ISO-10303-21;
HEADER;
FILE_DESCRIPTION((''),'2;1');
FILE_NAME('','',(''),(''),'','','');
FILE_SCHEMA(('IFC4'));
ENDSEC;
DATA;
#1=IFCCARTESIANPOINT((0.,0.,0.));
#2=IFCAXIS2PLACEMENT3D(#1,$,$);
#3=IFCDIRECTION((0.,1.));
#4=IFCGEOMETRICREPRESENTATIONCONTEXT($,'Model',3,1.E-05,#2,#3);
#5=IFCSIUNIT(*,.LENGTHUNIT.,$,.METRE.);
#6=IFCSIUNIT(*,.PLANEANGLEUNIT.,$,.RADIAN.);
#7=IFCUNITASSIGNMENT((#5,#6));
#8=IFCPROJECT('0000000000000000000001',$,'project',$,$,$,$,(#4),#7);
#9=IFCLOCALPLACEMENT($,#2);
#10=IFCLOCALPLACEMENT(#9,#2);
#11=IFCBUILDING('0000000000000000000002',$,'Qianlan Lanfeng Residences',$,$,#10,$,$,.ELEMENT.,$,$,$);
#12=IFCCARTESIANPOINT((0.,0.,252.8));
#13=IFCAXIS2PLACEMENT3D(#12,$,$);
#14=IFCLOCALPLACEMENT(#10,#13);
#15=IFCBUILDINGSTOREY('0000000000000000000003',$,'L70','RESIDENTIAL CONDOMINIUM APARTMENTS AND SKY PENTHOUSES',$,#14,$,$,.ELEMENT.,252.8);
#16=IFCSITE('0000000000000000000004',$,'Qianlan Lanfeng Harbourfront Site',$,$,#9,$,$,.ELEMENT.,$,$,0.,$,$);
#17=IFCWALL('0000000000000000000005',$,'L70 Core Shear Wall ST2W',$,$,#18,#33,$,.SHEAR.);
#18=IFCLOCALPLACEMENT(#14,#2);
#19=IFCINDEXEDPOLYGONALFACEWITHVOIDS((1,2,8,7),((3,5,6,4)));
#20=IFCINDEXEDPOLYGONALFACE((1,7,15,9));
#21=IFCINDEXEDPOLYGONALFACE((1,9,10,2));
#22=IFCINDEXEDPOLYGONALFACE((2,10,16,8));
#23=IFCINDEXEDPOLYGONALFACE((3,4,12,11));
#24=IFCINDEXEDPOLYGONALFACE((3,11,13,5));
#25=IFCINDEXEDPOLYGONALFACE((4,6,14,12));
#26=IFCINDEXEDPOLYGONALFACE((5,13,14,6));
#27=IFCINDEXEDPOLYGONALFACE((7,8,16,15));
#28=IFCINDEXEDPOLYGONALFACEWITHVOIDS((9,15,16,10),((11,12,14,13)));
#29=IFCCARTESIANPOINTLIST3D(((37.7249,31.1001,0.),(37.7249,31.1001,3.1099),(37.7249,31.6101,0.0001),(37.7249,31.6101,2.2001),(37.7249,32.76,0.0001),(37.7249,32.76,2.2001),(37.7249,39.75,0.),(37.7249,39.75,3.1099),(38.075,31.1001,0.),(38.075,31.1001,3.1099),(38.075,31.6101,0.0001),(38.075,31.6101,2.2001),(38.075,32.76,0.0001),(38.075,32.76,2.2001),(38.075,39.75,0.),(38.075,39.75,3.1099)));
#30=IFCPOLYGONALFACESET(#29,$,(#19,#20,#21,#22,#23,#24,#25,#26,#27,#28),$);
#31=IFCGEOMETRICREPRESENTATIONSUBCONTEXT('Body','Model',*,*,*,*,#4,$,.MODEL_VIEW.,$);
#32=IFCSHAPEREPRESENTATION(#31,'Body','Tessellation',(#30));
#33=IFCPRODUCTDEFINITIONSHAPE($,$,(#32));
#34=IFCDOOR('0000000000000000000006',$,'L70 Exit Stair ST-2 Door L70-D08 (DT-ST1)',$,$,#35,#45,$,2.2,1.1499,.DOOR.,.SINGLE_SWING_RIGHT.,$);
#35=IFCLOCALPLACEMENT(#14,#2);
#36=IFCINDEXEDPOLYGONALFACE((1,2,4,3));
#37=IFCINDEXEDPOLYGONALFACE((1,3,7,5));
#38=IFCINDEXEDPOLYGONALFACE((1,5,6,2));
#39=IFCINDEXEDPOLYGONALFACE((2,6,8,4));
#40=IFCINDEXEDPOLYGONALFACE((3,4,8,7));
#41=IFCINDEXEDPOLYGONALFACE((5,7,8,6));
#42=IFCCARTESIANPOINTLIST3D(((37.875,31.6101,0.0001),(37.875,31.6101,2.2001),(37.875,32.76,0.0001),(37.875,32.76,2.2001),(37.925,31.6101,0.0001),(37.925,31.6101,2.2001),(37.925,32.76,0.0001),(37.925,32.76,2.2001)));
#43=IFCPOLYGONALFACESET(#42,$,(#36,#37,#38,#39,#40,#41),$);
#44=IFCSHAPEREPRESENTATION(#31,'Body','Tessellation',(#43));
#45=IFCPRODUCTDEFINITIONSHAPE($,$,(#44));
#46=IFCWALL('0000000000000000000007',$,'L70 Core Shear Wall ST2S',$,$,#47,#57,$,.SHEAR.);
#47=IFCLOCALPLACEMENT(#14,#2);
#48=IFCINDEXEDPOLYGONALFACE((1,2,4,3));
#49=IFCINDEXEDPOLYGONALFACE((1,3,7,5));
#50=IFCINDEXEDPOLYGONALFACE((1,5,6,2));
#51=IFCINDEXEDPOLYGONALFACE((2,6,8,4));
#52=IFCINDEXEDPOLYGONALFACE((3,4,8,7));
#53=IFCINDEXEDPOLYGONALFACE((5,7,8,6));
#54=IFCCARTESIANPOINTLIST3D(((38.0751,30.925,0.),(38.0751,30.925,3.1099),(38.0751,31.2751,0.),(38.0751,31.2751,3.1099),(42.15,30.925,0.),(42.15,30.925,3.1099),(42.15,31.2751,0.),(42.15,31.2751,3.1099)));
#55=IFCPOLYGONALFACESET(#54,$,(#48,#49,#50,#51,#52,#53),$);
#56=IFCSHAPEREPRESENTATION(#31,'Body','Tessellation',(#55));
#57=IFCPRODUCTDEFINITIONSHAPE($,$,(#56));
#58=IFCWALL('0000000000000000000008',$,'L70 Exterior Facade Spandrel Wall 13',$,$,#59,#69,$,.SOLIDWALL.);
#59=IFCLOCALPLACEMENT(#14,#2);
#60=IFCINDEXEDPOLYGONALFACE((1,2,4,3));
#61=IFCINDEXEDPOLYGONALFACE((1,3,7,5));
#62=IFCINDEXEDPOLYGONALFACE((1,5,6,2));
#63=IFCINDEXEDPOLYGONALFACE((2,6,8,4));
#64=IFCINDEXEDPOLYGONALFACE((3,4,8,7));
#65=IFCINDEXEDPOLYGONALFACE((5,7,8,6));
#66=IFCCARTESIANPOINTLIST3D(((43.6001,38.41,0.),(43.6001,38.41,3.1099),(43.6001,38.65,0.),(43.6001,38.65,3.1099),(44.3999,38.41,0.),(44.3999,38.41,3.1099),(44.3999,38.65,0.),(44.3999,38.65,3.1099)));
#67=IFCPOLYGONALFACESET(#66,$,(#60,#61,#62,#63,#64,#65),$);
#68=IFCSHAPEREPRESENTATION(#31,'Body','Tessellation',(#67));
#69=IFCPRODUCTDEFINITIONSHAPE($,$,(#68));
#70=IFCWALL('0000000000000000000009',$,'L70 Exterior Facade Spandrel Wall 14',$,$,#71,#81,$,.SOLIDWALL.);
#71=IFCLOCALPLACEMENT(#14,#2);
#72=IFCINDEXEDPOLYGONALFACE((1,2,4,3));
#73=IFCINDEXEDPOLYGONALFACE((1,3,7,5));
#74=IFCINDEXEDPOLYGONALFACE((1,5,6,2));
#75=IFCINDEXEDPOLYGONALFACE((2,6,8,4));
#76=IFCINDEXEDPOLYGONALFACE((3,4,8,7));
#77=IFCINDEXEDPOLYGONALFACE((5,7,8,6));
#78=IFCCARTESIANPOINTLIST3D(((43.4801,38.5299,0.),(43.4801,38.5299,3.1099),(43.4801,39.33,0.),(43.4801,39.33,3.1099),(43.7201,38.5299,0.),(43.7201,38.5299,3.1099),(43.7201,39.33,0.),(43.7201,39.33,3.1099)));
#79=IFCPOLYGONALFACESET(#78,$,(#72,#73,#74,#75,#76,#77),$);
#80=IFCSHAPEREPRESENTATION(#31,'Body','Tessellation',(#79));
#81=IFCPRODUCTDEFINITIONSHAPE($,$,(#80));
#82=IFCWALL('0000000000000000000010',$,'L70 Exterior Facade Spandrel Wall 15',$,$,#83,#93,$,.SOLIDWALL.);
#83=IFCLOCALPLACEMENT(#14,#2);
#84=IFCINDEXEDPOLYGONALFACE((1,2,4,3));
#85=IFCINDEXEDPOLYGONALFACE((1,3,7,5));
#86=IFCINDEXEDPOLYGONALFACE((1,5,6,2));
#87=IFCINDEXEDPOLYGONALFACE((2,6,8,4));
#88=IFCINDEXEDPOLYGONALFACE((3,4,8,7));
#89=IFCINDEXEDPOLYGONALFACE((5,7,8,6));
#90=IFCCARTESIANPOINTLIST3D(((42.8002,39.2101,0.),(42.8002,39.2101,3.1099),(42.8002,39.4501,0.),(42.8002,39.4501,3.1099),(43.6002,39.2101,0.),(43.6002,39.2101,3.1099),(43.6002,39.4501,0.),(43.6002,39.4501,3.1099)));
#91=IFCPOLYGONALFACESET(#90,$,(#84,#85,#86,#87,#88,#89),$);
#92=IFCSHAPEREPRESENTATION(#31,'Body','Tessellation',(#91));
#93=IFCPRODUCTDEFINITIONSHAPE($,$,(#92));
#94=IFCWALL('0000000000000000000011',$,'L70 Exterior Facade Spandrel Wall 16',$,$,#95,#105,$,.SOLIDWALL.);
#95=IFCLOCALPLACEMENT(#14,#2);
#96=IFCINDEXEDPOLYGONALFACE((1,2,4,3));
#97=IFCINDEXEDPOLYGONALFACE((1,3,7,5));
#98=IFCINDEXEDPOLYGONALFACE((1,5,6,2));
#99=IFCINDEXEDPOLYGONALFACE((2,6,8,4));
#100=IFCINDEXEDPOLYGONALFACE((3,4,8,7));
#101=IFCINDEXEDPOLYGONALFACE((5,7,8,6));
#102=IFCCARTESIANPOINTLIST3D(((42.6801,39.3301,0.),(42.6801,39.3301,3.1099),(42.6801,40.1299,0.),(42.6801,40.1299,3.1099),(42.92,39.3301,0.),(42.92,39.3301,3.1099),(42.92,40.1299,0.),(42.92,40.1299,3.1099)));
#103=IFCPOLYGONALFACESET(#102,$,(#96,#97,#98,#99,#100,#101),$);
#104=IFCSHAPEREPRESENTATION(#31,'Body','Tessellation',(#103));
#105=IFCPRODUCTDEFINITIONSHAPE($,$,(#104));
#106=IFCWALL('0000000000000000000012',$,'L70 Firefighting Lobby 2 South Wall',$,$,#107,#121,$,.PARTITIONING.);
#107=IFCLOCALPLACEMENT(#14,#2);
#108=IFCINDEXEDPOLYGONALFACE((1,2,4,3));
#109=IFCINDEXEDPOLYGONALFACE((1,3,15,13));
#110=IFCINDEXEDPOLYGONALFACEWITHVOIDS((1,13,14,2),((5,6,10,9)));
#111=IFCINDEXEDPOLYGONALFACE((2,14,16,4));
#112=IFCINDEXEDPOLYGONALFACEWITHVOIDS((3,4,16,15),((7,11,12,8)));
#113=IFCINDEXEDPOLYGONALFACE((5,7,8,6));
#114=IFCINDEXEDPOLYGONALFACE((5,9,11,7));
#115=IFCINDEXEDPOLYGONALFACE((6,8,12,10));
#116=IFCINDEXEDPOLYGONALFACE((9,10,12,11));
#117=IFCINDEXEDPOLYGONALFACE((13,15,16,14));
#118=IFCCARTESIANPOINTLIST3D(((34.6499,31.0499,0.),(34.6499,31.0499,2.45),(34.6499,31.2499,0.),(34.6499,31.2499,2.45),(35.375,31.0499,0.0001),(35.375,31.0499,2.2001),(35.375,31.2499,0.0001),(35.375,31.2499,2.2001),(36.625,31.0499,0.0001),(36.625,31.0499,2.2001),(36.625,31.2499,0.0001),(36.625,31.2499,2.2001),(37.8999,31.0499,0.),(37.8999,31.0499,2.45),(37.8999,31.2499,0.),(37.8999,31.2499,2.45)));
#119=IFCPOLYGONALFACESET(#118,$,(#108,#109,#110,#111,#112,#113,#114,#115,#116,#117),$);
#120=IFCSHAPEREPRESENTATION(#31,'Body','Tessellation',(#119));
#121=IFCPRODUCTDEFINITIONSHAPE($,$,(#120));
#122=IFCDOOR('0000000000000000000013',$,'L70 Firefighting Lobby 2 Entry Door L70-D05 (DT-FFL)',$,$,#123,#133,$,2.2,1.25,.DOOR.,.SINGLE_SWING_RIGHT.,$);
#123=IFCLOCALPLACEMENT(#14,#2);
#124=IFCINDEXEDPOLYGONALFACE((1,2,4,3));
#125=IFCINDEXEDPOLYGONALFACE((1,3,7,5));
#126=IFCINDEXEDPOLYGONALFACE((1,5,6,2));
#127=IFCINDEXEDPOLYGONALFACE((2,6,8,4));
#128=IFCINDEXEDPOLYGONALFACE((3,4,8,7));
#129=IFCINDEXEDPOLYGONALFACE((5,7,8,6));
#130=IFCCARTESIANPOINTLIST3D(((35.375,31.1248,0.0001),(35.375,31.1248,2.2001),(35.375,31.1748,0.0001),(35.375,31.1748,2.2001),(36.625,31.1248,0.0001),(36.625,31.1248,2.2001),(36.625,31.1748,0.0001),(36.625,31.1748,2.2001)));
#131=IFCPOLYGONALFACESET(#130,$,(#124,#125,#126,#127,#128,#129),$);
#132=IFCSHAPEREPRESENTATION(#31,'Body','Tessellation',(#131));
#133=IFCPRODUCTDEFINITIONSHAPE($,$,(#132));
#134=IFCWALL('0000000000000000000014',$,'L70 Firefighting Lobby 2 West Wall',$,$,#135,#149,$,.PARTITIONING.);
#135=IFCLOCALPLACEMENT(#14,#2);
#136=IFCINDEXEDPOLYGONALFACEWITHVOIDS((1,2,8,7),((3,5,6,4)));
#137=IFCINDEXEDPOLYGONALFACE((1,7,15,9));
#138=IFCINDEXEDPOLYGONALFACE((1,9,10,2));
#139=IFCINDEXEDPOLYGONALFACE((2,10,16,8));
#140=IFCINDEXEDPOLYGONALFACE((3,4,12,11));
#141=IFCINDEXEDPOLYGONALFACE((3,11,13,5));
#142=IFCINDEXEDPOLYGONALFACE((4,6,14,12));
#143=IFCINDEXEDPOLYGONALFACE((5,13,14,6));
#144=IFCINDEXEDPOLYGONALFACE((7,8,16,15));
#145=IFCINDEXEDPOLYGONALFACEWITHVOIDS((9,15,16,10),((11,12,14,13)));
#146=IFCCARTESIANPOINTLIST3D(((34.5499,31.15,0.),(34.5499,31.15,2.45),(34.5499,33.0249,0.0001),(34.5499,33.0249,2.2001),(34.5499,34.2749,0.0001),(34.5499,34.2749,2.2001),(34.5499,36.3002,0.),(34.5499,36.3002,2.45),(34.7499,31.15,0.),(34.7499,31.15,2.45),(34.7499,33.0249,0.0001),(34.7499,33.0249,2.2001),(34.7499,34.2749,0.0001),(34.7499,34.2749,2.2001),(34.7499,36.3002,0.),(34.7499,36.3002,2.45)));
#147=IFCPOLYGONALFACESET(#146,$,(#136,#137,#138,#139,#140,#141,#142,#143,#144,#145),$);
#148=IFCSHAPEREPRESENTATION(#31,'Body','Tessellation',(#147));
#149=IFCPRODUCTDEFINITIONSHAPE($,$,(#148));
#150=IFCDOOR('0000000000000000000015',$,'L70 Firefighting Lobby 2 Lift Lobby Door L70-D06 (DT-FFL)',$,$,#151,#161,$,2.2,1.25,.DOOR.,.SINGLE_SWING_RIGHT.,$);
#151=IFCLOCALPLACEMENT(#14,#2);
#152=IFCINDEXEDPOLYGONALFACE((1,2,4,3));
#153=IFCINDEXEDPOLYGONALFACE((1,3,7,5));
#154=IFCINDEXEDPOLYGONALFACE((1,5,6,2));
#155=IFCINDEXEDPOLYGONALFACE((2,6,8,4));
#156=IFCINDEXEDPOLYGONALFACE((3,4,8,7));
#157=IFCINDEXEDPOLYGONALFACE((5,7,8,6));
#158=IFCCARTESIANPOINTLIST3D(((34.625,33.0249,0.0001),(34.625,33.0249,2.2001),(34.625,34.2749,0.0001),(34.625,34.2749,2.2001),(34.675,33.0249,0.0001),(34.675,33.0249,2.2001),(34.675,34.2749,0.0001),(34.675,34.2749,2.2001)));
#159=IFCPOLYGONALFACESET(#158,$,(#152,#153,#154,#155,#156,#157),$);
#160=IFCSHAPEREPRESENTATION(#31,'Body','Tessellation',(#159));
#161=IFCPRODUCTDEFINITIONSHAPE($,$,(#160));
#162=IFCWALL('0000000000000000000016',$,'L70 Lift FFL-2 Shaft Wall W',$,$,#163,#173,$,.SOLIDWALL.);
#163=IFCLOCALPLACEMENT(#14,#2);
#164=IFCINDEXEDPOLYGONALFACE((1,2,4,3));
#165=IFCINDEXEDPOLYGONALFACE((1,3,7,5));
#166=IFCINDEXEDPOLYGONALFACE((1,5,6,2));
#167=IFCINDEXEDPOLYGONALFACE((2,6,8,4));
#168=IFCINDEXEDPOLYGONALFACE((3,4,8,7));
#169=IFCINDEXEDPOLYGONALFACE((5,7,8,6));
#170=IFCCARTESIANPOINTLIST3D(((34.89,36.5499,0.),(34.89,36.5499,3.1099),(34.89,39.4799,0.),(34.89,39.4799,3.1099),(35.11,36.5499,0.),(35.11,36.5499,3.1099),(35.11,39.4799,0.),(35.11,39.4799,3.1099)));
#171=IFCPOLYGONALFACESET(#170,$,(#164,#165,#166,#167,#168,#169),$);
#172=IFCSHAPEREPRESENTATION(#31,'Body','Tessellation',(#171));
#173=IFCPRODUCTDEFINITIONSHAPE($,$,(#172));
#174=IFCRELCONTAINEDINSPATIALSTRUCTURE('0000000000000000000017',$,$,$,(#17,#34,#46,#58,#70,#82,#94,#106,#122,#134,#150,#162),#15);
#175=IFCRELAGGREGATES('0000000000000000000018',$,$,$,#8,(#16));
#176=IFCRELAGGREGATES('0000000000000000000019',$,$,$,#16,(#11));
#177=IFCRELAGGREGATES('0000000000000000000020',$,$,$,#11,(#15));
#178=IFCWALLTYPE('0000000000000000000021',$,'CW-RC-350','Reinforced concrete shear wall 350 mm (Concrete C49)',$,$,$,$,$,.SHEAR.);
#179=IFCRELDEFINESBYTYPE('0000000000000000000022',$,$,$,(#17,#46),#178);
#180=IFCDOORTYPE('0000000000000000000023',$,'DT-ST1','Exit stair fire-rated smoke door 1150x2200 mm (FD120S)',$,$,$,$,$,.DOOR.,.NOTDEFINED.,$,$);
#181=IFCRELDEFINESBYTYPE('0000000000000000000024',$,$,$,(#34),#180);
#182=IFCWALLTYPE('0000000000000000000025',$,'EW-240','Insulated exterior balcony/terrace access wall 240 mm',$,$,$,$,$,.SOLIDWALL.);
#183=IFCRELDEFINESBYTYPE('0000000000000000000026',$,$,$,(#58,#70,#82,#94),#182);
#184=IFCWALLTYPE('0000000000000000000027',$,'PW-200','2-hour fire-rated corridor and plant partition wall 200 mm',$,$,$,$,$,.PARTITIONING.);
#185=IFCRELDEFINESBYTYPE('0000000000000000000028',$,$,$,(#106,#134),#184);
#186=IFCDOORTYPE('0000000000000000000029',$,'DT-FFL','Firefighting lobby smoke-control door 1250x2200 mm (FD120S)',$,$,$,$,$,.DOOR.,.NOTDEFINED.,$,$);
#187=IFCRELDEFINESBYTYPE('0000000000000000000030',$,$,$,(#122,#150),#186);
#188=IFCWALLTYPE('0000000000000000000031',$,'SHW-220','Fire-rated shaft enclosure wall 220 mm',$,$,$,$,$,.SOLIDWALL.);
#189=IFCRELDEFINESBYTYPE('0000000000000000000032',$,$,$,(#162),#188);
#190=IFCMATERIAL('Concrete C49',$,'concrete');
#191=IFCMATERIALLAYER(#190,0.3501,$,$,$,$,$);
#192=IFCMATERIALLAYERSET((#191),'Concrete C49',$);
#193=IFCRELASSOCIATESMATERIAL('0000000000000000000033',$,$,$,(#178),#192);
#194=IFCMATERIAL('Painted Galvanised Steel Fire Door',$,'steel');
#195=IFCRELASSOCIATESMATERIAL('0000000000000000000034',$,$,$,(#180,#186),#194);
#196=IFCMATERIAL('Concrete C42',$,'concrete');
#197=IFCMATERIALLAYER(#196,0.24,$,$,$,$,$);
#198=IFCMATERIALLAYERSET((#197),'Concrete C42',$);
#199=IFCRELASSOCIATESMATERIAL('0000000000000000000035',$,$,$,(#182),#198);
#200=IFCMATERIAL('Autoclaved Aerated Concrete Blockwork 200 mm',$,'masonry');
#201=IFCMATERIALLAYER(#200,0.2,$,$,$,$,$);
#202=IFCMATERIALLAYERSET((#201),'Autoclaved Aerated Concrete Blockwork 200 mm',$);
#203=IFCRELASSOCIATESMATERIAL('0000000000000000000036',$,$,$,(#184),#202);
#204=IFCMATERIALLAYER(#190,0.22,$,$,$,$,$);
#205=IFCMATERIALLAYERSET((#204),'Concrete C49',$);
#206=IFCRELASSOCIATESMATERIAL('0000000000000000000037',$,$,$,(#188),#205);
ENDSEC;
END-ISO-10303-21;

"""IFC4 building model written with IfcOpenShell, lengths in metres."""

from ifc_helpers import new_model, si_unit, direction, frame, frame_2d, origin, place, context, subcontext, project, spatial, rectangle, extrude, material, layer, layer_set, type_object, element, fill, save


model = new_model("IFC4")

# Units and contexts
model_context = context("Model", 3, precision=1e-05, world=origin(), true_north=direction((0.0, 1.0)))
body_context = subcontext(model_context, "Body", "Model", "MODEL_VIEW")
ifc_project = project(units=[si_unit("LENGTHUNIT", "METRE"), si_unit("PLANEANGLEUNIT", "RADIAN")], contexts=[model_context])

# Site, building, storey
site_placement = place(None, origin())
site = spatial("IfcSite", under=ifc_project, at=site_placement, Name="Qianlan Lanfeng Harbourfront Site", CompositionType="ELEMENT", RefElevation=0.0)
building_placement = place(site_placement, origin())
building = spatial("IfcBuilding", under=site, at=building_placement, Name="Qianlan Lanfeng Residences", CompositionType="ELEMENT")
storey_placement = place(building_placement, frame((0.0, 0.0, 252.8)))
storey = spatial("IfcBuildingStorey", under=building, at=storey_placement, Name="L70", Description="RESIDENTIAL CONDOMINIUM APARTMENTS AND SKY PENTHOUSES", CompositionType="ELEMENT", Elevation=252.8)

# Wall, opening, door
ifc_material_1 = material(Name="Concrete C49", Category="concrete")
ifc_layer_1 = layer(ifc_material_1, 0.3501)
ifc_layer_set_1 = layer_set([ifc_layer_1], Name="Concrete C49")
wall_type_1 = type_object("IfcWallType", Name="CW-RC-350", Description="Reinforced concrete shear wall 350 mm (Concrete C49)", PredefinedType="SHEAR", material=ifc_layer_set_1)
wall_1_placement = place(storey_placement, frame((37.8999, 31.1001, 0.0), z_axis=(0.0, 0.0, 1.0), x_axis=(0.0, 1.0, 0.0)))
wall_1 = element("IfcWall", 1, at=wall_1_placement, inside=storey, type_object=wall_type_1, Name="L70 Core Shear Wall ST2W", PredefinedType="SHEAR", context=body_context, shape_type="SweptSolid", body=[
    extrude(rectangle(XDim=8.6499, YDim=0.3501, at=frame_2d((4.325, 0.0))), origin(), (0.0, 0.0, 1.0), 3.1099),
])
opening_1_placement = place(wall_1_placement, frame((0.51, 0.0, 0.0)))
opening_1 = element("IfcOpeningElement", 2, at=opening_1_placement, cuts=wall_1, PredefinedType="OPENING", context=body_context, shape_type="SweptSolid", body=[
    extrude(rectangle(XDim=1.1499, YDim=2.2, at=frame_2d((0.575, 1.1001))), frame((0.0, 0.1851, 0.0), z_axis=(0.0, -1.0, 0.0), x_axis=(1.0, 0.0, 0.0)), (0.0, 0.0, 1.0), 0.3701),
])
ifc_material_2 = material(Name="Painted Galvanised Steel Fire Door", Category="steel")
door_type_1 = type_object("IfcDoorType", Name="DT-ST1", Description="Exit stair fire-rated smoke door 1150x2200 mm (FD120S)", OperationType="NOTDEFINED", PredefinedType="DOOR", material=ifc_material_2)
door_1_placement = place(opening_1_placement, origin())
door_1 = element("IfcDoor", 3, at=door_1_placement, inside=storey, type_object=door_type_1, Name="L70 Exit Stair ST-2 Door L70-D08 (DT-ST1)", OperationType="SINGLE_SWING_RIGHT", OverallHeight=2.2, OverallWidth=1.1499, PredefinedType="DOOR", context=body_context, shape_type="SweptSolid", body=[
    extrude(rectangle(XDim=1.1499, YDim=2.2, at=frame_2d((0.575, 1.1001))), frame((0.0, 0.0249, 0.0), z_axis=(0.0, -1.0, 0.0), x_axis=(1.0, 0.0, 0.0)), (0.0, 0.0, 1.0), 0.05),
])
fill(opening_1, door_1)

# Walls
wall_2_placement = place(storey_placement, frame((38.075, 31.1001, 0.0), z_axis=(0.0, 0.0, 1.0), x_axis=(1.0, 0.0, 0.0)))
element("IfcWall", 4, at=wall_2_placement, inside=storey, type_object=wall_type_1, Name="L70 Core Shear Wall ST2S", PredefinedType="SHEAR", context=body_context, shape_type="SweptSolid", body=[
    extrude(rectangle(XDim=4.075, YDim=0.3501, at=frame_2d((2.0376, 0.0))), origin(), (0.0, 0.0, 1.0), 3.1099),
])
ifc_material_3 = material(Name="Concrete C42", Category="concrete")
ifc_layer_2 = layer(ifc_material_3, 0.24)
ifc_layer_set_2 = layer_set([ifc_layer_2], Name="Concrete C42")
wall_type_2 = type_object("IfcWallType", Name="EW-240", Description="Insulated exterior balcony/terrace access wall 240 mm", PredefinedType="SOLIDWALL", material=ifc_layer_set_2)
wall_3_placement = place(storey_placement, frame((44.3999, 38.53, 0.0), z_axis=(0.0, 0.0, 1.0), x_axis=(-1.0, 0.0, 0.0)))
element("IfcWall", 5, at=wall_3_placement, inside=storey, type_object=wall_type_2, Name="L70 Exterior Facade Spandrel Wall 13", PredefinedType="SOLIDWALL", context=body_context, shape_type="SweptSolid", body=[
    extrude(rectangle(XDim=0.7998, YDim=0.24, at=frame_2d((0.3999, 0.0))), origin(), (0.0, 0.0, 1.0), 3.1099),
])
for number, where, z_axis, x_axis, name in (
    (6, (43.6001, 38.53, 0.0), (0.0, 0.0, 1.0), (0.0, 1.0, 0.0), "L70 Exterior Facade Spandrel Wall 14"),
    (7, (43.6001, 39.3301, 0.0), (0.0, 0.0, 1.0), (-1.0, 0.0, 0.0), "L70 Exterior Facade Spandrel Wall 15"),
):
    element("IfcWall", number, at=place(storey_placement, frame(where, z_axis=z_axis, x_axis=x_axis)), inside=storey, type_object=wall_type_2, Name=name, PredefinedType="SOLIDWALL", context=body_context, shape_type="SweptSolid", body=[
        extrude(rectangle(XDim=0.8, YDim=0.24, at=frame_2d((0.3999, 0.0))), origin(), (0.0, 0.0, 1.0), 3.1099),
    ])
wall_4_placement = place(storey_placement, frame((42.8, 39.3301, 0.0), z_axis=(0.0, 0.0, 1.0), x_axis=(0.0, 1.0, 0.0)))
element("IfcWall", 8, at=wall_4_placement, inside=storey, type_object=wall_type_2, Name="L70 Exterior Facade Spandrel Wall 16", PredefinedType="SOLIDWALL", context=body_context, shape_type="SweptSolid", body=[
    extrude(rectangle(XDim=0.7998, YDim=0.24, at=frame_2d((0.3999, 0.0))), origin(), (0.0, 0.0, 1.0), 3.1099),
])

# Walls, openings, doors
ifc_material_4 = material(Name="Autoclaved Aerated Concrete Blockwork 200 mm", Category="masonry")
ifc_layer_3 = layer(ifc_material_4, 0.2)
ifc_layer_set_3 = layer_set([ifc_layer_3], Name="Autoclaved Aerated Concrete Blockwork 200 mm")
wall_type_3 = type_object("IfcWallType", Name="PW-200", Description="2-hour fire-rated corridor and plant partition wall 200 mm", PredefinedType="PARTITIONING", material=ifc_layer_set_3)
wall_5_placement = place(storey_placement, frame((34.6499, 31.1499, 0.0), z_axis=(0.0, 0.0, 1.0), x_axis=(1.0, 0.0, 0.0)))
wall_5 = element("IfcWall", 9, at=wall_5_placement, inside=storey, type_object=wall_type_3, Name="L70 Firefighting Lobby 2 South Wall", PredefinedType="PARTITIONING", context=body_context, shape_type="SweptSolid", body=[
    extrude(rectangle(XDim=3.25, YDim=0.2, at=frame_2d((1.625, 0.0))), origin(), (0.0, 0.0, 1.0), 2.45),
])
opening_2_placement = place(wall_5_placement, frame((0.7251, 0.0, 0.0)))
opening_2 = element("IfcOpeningElement", 10, at=opening_2_placement, cuts=wall_5, PredefinedType="OPENING", context=body_context, shape_type="SweptSolid", body=[
    extrude(rectangle(XDim=1.25, YDim=2.2, at=frame_2d((0.625, 1.1001))), frame((0.0, 0.1099, 0.0), z_axis=(0.0, -1.0, 0.0), x_axis=(1.0, 0.0, 0.0)), (0.0, 0.0, 1.0), 0.22),
])
door_type_2 = type_object("IfcDoorType", Name="DT-FFL", Description="Firefighting lobby smoke-control door 1250x2200 mm (FD120S)", OperationType="NOTDEFINED", PredefinedType="DOOR", material=ifc_material_2)
door_2_placement = place(opening_2_placement, origin())
door_2 = element("IfcDoor", 11, at=door_2_placement, inside=storey, type_object=door_type_2, Name="L70 Firefighting Lobby 2 Entry Door L70-D05 (DT-FFL)", OperationType="SINGLE_SWING_RIGHT", OverallHeight=2.2, OverallWidth=1.25, PredefinedType="DOOR", context=body_context, shape_type="SweptSolid", body=[
    extrude(rectangle(XDim=1.25, YDim=2.2, at=frame_2d((0.625, 1.1001))), frame((0.0, 0.0249, 0.0), z_axis=(0.0, -1.0, 0.0), x_axis=(1.0, 0.0, 0.0)), (0.0, 0.0, 1.0), 0.05),
])
fill(opening_2, door_2)
wall_6_placement = place(storey_placement, frame((34.6499, 31.1499, 0.0), z_axis=(0.0, 0.0, 1.0), x_axis=(0.0, 1.0, 0.0)))
wall_6 = element("IfcWall", 12, at=wall_6_placement, inside=storey, type_object=wall_type_3, Name="L70 Firefighting Lobby 2 West Wall", PredefinedType="PARTITIONING", context=body_context, shape_type="SweptSolid", body=[
    extrude(rectangle(XDim=5.1501, YDim=0.2, at=frame_2d((2.5752, 0.0))), origin(), (0.0, 0.0, 1.0), 2.45),
])
opening_3_placement = place(wall_6_placement, frame((1.875, 0.0, 0.0)))
opening_3 = element("IfcOpeningElement", 13, at=opening_3_placement, cuts=wall_6, PredefinedType="OPENING", context=body_context, shape_type="SweptSolid", body=[
    extrude(rectangle(XDim=1.25, YDim=2.2, at=frame_2d((0.625, 1.1001))), frame((0.0, 0.1099, 0.0), z_axis=(0.0, -1.0, 0.0), x_axis=(1.0, 0.0, 0.0)), (0.0, 0.0, 1.0), 0.22),
])
door_3_placement = place(opening_3_placement, origin())
door_3 = element("IfcDoor", 14, at=door_3_placement, inside=storey, type_object=door_type_2, Name="L70 Firefighting Lobby 2 Lift Lobby Door L70-D06 (DT-FFL)", OperationType="SINGLE_SWING_RIGHT", OverallHeight=2.2, OverallWidth=1.25, PredefinedType="DOOR", context=body_context, shape_type="SweptSolid", body=[
    extrude(rectangle(XDim=1.25, YDim=2.2, at=frame_2d((0.625, 1.1001))), frame((0.0, 0.0249, 0.0), z_axis=(0.0, -1.0, 0.0), x_axis=(1.0, 0.0, 0.0)), (0.0, 0.0, 1.0), 0.05),
])
fill(opening_3, door_3)

# Wall
ifc_layer_4 = layer(ifc_material_1, 0.22)
ifc_layer_set_4 = layer_set([ifc_layer_4], Name="Concrete C49")
wall_type_4 = type_object("IfcWallType", Name="SHW-220", Description="Fire-rated shaft enclosure wall 220 mm", PredefinedType="SOLIDWALL", material=ifc_layer_set_4)
for number, where, z_axis, x_axis, name in (
    (15, (35.0, 36.55, 0.0), (0.0, 0.0, 1.0), (0.0, 1.0, 0.0), "L70 Lift FFL-2 Shaft Wall W"),
):
    element("IfcWall", number, at=place(storey_placement, frame(where, z_axis=z_axis, x_axis=x_axis)), inside=storey, type_object=wall_type_4, Name=name, PredefinedType="SOLIDWALL", context=body_context, shape_type="SweptSolid", body=[
        extrude(rectangle(XDim=2.9299, YDim=0.22, at=frame_2d((1.4648, 0.0))), origin(), (0.0, 0.0, 1.0), 3.1099),
    ])

save(model, "model.ifc")
